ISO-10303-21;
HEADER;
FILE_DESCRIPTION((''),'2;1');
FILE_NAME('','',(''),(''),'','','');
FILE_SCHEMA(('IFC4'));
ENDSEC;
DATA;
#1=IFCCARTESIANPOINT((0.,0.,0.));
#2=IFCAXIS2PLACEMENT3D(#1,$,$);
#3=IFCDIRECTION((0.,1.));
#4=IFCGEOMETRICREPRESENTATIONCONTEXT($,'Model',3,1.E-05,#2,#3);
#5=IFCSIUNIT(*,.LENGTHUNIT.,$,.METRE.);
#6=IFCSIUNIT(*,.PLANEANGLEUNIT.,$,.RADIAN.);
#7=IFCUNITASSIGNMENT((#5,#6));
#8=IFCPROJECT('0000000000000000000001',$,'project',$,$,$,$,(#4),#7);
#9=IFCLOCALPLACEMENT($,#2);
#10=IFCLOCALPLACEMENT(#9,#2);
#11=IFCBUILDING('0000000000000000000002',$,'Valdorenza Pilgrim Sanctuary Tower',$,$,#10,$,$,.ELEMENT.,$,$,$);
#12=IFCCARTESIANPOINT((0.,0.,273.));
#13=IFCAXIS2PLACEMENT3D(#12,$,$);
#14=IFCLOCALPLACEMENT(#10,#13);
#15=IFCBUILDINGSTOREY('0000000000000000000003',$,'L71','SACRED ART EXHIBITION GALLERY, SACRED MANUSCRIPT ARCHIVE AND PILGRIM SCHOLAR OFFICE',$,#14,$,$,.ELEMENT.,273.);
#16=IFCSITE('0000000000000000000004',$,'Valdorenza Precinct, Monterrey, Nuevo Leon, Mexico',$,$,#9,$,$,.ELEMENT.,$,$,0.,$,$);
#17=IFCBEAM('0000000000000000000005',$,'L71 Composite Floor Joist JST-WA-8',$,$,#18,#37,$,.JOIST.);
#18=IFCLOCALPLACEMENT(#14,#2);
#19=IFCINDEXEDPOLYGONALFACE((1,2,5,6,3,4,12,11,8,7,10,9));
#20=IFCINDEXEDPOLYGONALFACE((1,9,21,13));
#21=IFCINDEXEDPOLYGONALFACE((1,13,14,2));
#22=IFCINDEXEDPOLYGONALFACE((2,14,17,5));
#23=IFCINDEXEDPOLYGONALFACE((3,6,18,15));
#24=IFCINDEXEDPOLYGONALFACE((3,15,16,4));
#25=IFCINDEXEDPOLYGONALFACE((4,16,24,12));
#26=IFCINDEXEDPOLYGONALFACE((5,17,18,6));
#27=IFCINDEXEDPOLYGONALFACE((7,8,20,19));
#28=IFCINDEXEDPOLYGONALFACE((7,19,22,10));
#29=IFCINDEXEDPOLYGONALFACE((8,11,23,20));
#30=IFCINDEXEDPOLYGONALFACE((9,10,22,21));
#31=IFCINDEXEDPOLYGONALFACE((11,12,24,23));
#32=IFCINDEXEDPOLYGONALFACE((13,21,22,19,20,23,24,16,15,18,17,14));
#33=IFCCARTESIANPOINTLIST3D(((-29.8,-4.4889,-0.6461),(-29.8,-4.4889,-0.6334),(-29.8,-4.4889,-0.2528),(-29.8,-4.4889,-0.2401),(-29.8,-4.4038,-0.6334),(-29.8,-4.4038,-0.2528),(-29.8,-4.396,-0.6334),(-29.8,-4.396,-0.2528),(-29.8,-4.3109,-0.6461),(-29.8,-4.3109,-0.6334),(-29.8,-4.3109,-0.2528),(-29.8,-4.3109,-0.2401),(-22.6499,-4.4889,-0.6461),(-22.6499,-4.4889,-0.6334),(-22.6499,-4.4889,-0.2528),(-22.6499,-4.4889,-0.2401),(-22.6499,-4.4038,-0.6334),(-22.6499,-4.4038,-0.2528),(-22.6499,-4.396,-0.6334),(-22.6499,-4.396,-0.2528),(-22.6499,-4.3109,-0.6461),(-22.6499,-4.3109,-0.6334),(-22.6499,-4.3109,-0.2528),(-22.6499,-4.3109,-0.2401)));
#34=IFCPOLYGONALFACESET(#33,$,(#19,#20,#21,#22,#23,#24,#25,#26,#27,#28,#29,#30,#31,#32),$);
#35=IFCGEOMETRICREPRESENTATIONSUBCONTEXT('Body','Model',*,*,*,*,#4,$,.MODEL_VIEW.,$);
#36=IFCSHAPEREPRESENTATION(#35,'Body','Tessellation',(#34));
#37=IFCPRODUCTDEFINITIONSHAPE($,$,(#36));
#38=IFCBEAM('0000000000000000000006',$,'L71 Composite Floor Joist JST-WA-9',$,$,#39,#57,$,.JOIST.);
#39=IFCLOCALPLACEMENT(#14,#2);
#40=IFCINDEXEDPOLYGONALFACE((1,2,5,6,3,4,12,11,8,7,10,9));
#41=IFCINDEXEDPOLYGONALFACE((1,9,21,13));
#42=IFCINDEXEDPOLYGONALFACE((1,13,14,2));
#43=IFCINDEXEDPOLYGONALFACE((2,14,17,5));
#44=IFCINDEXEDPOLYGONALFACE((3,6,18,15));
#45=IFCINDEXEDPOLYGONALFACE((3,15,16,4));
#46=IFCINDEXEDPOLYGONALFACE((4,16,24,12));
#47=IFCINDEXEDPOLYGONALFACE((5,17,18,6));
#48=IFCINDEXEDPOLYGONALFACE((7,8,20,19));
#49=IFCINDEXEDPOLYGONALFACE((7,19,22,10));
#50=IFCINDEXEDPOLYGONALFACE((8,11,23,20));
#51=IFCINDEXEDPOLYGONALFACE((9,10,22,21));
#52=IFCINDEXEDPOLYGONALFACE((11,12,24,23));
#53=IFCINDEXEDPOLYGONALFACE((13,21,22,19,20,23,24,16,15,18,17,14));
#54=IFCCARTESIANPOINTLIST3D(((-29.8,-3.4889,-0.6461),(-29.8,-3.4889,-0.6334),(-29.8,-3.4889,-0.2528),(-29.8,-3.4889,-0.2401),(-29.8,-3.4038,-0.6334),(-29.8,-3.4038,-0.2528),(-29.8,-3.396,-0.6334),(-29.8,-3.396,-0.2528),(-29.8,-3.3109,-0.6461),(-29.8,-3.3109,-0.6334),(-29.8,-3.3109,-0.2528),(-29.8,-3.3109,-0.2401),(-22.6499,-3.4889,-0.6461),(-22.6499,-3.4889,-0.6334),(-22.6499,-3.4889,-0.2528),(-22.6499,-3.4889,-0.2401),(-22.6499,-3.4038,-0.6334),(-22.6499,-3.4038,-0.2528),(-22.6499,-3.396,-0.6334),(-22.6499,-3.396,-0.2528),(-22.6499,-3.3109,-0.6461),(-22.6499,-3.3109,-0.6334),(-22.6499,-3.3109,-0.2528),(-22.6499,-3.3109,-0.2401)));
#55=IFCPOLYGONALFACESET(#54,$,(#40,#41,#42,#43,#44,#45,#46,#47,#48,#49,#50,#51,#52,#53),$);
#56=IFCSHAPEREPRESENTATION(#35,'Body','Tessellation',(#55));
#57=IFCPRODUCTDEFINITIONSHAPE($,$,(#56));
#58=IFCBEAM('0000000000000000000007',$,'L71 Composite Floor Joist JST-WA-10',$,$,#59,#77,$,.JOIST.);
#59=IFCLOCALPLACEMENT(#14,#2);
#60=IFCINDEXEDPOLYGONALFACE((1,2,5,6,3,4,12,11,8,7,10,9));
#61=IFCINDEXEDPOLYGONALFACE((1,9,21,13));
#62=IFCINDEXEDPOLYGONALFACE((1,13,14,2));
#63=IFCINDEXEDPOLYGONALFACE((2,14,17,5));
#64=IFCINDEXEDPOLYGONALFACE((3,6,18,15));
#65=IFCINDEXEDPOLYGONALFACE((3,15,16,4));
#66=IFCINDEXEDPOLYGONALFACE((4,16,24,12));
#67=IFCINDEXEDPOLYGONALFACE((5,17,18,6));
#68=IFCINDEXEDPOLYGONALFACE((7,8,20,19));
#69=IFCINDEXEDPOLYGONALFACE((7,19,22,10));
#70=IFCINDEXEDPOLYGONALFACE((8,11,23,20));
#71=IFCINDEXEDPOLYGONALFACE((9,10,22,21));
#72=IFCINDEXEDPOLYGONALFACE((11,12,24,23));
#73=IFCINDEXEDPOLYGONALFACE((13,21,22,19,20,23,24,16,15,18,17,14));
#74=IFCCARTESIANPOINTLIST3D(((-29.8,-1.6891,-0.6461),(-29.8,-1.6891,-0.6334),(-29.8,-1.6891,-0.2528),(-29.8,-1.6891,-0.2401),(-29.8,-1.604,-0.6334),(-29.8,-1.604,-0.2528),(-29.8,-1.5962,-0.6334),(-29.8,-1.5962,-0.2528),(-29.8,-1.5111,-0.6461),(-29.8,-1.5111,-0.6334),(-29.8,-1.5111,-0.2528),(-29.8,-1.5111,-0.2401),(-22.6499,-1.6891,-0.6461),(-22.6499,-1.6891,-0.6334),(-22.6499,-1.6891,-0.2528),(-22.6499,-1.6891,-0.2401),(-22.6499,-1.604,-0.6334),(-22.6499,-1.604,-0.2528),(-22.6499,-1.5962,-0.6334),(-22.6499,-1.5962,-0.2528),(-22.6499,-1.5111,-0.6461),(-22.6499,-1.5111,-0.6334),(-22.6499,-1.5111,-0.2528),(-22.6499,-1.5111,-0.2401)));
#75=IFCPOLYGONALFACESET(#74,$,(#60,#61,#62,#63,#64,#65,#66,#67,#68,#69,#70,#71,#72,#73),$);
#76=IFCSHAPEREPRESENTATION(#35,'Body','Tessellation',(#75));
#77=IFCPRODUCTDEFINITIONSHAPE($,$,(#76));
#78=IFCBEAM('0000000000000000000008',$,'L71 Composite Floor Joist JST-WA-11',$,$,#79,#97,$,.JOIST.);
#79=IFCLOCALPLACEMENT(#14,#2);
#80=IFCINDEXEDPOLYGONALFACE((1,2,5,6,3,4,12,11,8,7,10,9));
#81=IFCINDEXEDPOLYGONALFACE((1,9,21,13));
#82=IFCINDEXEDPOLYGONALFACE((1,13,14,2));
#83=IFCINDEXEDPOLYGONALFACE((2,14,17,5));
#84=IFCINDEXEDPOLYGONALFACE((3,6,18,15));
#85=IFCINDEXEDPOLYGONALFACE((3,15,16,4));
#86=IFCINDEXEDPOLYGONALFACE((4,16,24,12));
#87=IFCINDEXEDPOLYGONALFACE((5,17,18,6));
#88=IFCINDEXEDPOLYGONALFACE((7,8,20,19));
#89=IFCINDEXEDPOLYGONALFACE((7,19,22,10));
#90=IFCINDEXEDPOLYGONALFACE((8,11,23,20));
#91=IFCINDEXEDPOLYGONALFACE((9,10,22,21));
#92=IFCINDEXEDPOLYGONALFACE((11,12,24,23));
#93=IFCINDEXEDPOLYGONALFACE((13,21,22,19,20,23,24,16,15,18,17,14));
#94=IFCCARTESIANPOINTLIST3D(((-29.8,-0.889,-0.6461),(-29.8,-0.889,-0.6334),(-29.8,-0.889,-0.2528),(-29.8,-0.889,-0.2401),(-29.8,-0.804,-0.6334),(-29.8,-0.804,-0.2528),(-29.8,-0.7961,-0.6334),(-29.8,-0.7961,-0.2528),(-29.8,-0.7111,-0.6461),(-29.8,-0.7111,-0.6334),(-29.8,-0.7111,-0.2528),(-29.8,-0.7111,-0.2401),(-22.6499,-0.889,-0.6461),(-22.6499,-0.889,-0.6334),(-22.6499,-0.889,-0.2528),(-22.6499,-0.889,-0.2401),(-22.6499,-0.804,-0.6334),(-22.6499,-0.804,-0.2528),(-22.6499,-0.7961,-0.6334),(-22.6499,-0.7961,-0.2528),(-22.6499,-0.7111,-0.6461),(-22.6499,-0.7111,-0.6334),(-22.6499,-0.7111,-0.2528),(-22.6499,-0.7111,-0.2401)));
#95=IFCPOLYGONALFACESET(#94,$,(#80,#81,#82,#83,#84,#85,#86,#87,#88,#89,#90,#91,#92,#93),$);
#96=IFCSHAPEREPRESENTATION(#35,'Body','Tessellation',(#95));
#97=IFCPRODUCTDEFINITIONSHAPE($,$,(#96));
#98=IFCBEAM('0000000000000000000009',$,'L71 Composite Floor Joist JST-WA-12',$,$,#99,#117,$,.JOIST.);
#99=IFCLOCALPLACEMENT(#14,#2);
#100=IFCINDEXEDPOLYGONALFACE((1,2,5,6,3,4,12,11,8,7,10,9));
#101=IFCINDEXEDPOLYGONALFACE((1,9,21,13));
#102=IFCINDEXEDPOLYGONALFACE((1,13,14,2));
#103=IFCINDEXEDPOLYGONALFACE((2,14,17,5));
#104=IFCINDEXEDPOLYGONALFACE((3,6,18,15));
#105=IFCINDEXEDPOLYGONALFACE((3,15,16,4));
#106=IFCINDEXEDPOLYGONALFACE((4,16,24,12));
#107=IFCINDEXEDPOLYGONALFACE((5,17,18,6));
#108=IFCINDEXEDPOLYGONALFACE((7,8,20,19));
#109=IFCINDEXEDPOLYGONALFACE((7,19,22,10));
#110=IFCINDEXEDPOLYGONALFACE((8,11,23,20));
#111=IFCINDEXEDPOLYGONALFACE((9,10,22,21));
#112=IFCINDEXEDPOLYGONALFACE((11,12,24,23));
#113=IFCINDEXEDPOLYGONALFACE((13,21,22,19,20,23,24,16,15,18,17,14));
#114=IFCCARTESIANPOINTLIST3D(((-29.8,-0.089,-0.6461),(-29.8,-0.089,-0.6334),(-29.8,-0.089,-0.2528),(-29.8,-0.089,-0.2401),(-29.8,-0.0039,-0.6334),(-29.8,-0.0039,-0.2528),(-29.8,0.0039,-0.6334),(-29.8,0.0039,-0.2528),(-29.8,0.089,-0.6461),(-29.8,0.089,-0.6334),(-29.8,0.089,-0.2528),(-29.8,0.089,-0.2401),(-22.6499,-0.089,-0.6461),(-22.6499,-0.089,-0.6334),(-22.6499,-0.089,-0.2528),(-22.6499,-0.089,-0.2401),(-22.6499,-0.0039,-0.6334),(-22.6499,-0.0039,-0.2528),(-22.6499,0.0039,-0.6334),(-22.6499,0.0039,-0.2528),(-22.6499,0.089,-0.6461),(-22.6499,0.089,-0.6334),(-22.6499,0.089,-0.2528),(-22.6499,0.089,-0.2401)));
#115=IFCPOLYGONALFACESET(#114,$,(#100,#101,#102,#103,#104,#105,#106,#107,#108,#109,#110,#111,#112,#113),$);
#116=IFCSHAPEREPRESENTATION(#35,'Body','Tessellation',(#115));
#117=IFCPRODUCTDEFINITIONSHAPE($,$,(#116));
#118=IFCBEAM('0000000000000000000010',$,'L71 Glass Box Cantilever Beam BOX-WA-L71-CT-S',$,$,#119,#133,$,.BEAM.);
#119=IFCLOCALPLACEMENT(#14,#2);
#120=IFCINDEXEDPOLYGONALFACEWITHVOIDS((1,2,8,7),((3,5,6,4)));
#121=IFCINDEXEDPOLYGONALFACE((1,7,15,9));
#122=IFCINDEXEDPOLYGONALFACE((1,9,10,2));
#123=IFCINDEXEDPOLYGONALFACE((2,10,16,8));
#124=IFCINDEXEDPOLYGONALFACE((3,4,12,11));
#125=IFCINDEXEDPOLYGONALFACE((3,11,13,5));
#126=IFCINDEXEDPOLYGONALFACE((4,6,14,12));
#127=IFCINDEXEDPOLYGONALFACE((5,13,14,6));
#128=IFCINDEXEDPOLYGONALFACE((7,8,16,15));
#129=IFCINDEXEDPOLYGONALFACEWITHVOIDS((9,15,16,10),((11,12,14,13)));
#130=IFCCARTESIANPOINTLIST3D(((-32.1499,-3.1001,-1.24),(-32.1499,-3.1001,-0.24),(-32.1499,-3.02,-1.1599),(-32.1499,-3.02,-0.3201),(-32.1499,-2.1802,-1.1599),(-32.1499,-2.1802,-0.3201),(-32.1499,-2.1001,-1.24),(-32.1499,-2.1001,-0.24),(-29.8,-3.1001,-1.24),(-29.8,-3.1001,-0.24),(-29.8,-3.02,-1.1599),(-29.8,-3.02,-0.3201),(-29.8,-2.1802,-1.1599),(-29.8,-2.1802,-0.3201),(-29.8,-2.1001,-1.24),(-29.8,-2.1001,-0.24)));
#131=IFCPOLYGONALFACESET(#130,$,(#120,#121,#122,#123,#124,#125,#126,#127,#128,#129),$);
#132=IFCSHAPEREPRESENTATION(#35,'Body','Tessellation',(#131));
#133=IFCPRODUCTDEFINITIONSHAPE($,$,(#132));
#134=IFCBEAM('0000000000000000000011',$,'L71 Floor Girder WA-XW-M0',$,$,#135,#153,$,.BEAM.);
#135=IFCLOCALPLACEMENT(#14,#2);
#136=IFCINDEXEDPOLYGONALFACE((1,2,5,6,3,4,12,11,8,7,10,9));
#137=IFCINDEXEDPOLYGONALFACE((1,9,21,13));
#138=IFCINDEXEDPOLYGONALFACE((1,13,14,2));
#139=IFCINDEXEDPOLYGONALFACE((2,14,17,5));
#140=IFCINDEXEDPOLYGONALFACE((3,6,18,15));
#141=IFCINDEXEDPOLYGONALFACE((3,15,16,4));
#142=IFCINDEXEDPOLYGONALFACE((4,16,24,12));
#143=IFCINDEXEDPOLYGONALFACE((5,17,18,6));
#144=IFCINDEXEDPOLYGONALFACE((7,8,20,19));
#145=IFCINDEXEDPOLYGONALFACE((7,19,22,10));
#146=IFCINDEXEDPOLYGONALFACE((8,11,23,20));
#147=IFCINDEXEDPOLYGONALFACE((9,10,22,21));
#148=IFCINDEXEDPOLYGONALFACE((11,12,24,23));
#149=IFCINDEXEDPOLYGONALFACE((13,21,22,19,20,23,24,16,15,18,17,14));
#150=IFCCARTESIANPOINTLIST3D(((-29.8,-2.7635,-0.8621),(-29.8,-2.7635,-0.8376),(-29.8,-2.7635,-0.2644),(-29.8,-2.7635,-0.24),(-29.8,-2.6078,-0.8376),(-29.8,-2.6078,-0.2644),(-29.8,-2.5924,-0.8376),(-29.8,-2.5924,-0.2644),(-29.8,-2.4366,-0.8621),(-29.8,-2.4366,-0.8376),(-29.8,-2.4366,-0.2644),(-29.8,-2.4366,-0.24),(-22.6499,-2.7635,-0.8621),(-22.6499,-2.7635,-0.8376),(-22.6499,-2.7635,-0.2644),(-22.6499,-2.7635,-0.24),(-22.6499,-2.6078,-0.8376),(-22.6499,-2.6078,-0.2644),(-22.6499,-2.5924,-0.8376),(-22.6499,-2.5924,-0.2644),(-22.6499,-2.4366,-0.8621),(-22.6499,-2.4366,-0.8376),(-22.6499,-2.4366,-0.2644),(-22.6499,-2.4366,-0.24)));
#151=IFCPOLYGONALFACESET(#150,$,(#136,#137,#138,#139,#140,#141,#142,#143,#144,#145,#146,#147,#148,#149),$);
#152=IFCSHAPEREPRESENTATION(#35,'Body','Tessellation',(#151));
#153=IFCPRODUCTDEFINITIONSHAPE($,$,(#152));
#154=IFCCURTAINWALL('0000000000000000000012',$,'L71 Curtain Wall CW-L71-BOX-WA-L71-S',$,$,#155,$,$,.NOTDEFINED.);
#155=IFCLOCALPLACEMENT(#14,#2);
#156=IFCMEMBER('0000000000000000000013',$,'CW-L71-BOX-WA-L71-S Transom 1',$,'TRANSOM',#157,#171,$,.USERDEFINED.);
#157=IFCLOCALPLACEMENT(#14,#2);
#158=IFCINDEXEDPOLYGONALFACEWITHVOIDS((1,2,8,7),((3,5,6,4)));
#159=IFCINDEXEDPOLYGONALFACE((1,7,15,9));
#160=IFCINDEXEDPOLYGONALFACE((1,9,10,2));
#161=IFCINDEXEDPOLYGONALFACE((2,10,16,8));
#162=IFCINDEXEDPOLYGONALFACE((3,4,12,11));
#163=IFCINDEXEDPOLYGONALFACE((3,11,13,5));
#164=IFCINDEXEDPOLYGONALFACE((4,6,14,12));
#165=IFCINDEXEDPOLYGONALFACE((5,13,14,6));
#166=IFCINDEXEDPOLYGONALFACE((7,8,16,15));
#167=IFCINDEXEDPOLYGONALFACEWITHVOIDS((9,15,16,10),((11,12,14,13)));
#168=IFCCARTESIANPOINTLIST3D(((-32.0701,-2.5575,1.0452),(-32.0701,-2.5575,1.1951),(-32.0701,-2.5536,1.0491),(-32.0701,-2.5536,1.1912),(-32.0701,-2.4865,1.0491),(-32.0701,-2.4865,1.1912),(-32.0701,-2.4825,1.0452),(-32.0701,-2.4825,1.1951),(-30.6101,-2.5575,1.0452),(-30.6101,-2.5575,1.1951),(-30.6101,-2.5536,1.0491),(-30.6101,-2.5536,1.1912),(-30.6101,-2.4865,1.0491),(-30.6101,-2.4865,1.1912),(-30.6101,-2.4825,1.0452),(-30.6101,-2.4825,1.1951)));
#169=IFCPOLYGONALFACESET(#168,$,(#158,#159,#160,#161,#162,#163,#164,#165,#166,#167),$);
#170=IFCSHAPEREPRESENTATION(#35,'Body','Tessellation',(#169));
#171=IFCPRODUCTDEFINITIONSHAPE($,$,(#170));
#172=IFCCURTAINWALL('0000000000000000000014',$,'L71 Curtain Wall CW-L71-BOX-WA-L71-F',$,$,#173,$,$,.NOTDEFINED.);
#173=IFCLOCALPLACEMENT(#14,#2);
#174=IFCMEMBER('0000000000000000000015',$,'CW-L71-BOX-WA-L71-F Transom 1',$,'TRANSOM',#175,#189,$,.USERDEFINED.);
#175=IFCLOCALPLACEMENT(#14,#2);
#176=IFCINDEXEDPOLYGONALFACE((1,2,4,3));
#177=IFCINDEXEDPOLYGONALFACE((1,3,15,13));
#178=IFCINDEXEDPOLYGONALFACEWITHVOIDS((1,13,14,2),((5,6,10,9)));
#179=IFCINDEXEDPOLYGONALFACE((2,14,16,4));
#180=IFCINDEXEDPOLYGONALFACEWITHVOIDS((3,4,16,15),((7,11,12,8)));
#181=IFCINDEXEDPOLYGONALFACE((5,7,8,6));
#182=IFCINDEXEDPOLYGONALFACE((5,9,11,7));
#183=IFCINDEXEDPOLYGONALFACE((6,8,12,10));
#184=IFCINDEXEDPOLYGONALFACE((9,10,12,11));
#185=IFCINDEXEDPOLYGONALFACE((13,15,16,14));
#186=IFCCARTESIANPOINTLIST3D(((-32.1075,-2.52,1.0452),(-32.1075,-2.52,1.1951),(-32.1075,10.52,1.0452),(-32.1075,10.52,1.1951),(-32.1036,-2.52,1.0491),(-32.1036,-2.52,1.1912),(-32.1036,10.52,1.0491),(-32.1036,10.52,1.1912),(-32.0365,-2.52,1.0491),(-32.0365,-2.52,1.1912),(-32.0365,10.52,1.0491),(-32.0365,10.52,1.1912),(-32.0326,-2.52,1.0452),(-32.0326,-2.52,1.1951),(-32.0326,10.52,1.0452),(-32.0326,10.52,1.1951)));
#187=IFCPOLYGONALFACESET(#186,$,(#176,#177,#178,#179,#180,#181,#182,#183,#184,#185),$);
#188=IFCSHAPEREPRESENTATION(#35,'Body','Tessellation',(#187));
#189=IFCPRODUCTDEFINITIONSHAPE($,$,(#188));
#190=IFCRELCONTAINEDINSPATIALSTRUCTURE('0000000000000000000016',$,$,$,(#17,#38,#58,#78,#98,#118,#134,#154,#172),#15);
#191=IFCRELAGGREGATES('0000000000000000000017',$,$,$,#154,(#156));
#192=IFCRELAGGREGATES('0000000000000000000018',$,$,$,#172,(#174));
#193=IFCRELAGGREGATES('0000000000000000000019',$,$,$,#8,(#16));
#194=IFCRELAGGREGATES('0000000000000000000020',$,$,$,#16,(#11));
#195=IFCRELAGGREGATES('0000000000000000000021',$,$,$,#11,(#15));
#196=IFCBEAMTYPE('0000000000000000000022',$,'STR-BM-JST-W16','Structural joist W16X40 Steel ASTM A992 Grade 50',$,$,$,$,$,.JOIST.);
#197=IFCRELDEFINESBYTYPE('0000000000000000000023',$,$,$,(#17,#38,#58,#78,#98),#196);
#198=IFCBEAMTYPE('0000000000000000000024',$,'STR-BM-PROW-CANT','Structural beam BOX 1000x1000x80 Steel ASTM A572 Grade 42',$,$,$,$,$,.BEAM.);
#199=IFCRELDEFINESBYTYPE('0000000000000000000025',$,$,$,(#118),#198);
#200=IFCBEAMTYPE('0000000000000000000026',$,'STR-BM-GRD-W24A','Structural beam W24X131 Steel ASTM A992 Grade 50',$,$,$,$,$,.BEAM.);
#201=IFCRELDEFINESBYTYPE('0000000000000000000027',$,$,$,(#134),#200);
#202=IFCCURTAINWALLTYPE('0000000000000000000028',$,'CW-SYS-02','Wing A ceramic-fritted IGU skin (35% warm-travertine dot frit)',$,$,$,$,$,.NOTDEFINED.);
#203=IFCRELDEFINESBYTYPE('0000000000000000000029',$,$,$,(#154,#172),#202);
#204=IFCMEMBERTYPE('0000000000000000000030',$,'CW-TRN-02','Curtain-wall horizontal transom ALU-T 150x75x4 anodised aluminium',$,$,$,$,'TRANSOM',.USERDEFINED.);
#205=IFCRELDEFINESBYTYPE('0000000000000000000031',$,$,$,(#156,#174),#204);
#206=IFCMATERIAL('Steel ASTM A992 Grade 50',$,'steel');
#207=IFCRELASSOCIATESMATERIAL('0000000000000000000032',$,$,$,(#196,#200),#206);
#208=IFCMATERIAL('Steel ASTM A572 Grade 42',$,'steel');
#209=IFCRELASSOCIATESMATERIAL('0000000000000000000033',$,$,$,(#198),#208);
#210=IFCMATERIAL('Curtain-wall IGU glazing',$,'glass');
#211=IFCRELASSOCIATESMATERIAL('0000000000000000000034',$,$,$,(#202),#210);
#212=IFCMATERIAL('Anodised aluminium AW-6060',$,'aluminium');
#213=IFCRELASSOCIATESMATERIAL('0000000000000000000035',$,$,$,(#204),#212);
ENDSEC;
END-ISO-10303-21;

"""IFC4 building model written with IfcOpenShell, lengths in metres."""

from ifc_helpers import new_model, si_unit, direction, frame, origin, origin_2d, place, context, subcontext, project, spatial, hollow_rectangle, i_section, extrude, source, transform, mapped, material, material_profile, profile_set, type_object, element, aggregate, save


model = new_model("IFC4")

# Units and contexts
model_context = context("Model", 3, precision=1e-05, world=origin(), true_north=direction((0.0, 1.0)))
body_context = subcontext(model_context, "Body", "Model", "MODEL_VIEW")
ifc_project = project(units=[si_unit("LENGTHUNIT", "METRE"), si_unit("PLANEANGLEUNIT", "RADIAN")], contexts=[model_context])

# Site, building, storey
site_placement = place(None, origin())
site = spatial("IfcSite", under=ifc_project, at=site_placement, Name="Valdorenza Precinct, Monterrey, Nuevo Leon, Mexico", CompositionType="ELEMENT", RefElevation=0.0)
building_placement = place(site_placement, origin())
building = spatial("IfcBuilding", under=site, at=building_placement, Name="Valdorenza Pilgrim Sanctuary Tower", CompositionType="ELEMENT")
storey_placement = place(building_placement, frame((0.0, 0.0, 273.0)))
storey = spatial("IfcBuildingStorey", under=building, at=storey_placement, Name="L71", Description="SACRED ART EXHIBITION GALLERY, SACRED MANUSCRIPT ARCHIVE AND PILGRIM SCHOLAR OFFICE", CompositionType="ELEMENT", Elevation=273.0)

# Beams
ifc_material_1 = material(Name="Steel ASTM A992 Grade 50", Category="steel")
ifc_material_profile_1 = material_profile(ifc_material_1, i_section(OverallWidth=0.178, OverallDepth=0.406, WebThickness=0.0078, FlangeThickness=0.0127, at=origin_2d()), Name="W16X40")
ifc_profile_set_1 = profile_set([ifc_material_profile_1], Name="Steel ASTM A992 Grade 50")
beam_type_1 = type_object("IfcBeamType", Name="STR-BM-JST-W16", Description="Structural joist W16X40 Steel ASTM A992 Grade 50", PredefinedType="JOIST", material=ifc_profile_set_1)
shared_shape_1 = source(origin(), body_context, "Body", "SweptSolid", [
    extrude(i_section(OverallWidth=0.178, OverallDepth=0.406, WebThickness=0.0078, FlangeThickness=0.0127, at=origin_2d()), origin(), (0.0, 0.0, 1.0), 7.1501),
])
for number, where, z_axis, x_axis, name in (
    (1, (-29.8, -4.3999, -0.4431), (1.0, 0.0, 0.0), (0.0, 1.0, 0.0), "L71 Composite Floor Joist JST-WA-8"),
    (2, (-29.8, -3.3999, -0.4431), (1.0, 0.0, 0.0), (0.0, 1.0, 0.0), "L71 Composite Floor Joist JST-WA-9"),
    (3, (-29.8, -1.6001, -0.4431), (1.0, 0.0, 0.0), (0.0, 1.0, 0.0), "L71 Composite Floor Joist JST-WA-10"),
    (4, (-29.8, -0.8, -0.4431), (1.0, 0.0, 0.0), (0.0, 1.0, 0.0), "L71 Composite Floor Joist JST-WA-11"),
    (5, (-29.8, 0.0, -0.4431), (1.0, 0.0, 0.0), (0.0, 1.0, 0.0), "L71 Composite Floor Joist JST-WA-12"),
):
    element("IfcBeam", number, at=place(storey_placement, frame(where, z_axis=z_axis, x_axis=x_axis)), inside=storey, type_object=beam_type_1, Name=name, PredefinedType="JOIST", context=body_context, shape_type="MappedRepresentation", body=[
        mapped(shared_shape_1, transform((0.0, 0.0, 0.0), x_axis=(1.0, 0.0, 0.0), y_axis=(0.0, 1.0, 0.0), z_axis=(0.0, 0.0, 1.0), scale=1.0)),
    ])
ifc_material_2 = material(Name="Steel ASTM A572 Grade 42", Category="steel")
ifc_material_profile_2 = material_profile(ifc_material_2, hollow_rectangle(XDim=1.0, YDim=1.0, WallThickness=0.0801, at=origin_2d()), Name="BOX 1000x1000x80")
ifc_profile_set_2 = profile_set([ifc_material_profile_2], Name="Steel ASTM A572 Grade 42")
beam_type_2 = type_object("IfcBeamType", Name="STR-BM-PROW-CANT", Description="Structural beam BOX 1000x1000x80 Steel ASTM A572 Grade 42", PredefinedType="BEAM", material=ifc_profile_set_2)
shared_shape_2 = source(origin(), body_context, "Body", "SweptSolid", [
    extrude(hollow_rectangle(XDim=1.0, YDim=1.0, WallThickness=0.0801, at=origin_2d()), origin(), (0.0, 0.0, 1.0), 2.3499),
])
beam_1_placement = place(storey_placement, frame((-29.8, -2.6001, -0.74), z_axis=(-1.0, 0.0, 0.0), x_axis=(0.0, -1.0, 0.0)))
element("IfcBeam", 6, at=beam_1_placement, inside=storey, type_object=beam_type_2, Name="L71 Glass Box Cantilever Beam BOX-WA-L71-CT-S", PredefinedType="BEAM", context=body_context, shape_type="MappedRepresentation", body=[
    mapped(shared_shape_2, transform((0.0, 0.0, 0.0), x_axis=(1.0, 0.0, 0.0), y_axis=(0.0, 1.0, 0.0), z_axis=(0.0, 0.0, 1.0), scale=1.0)),
])
ifc_material_profile_3 = material_profile(ifc_material_1, i_section(OverallWidth=0.3269, OverallDepth=0.6221, WebThickness=0.0154, FlangeThickness=0.0244, at=origin_2d()), Name="W24X131")
ifc_profile_set_3 = profile_set([ifc_material_profile_3], Name="Steel ASTM A992 Grade 50")
beam_type_3 = type_object("IfcBeamType", Name="STR-BM-GRD-W24A", Description="Structural beam W24X131 Steel ASTM A992 Grade 50", PredefinedType="BEAM", material=ifc_profile_set_3)
shared_shape_3 = source(origin(), body_context, "Body", "SweptSolid", [
    extrude(i_section(OverallWidth=0.3269, OverallDepth=0.6221, WebThickness=0.0154, FlangeThickness=0.0244, at=origin_2d()), origin(), (0.0, 0.0, 1.0), 7.1501),
])
beam_2_placement = place(storey_placement, frame((-29.8, -2.6001, -0.551), z_axis=(1.0, 0.0, 0.0), x_axis=(0.0, 1.0, 0.0)))
element("IfcBeam", 7, at=beam_2_placement, inside=storey, type_object=beam_type_3, Name="L71 Floor Girder WA-XW-M0", PredefinedType="BEAM", context=body_context, shape_type="MappedRepresentation", body=[
    mapped(shared_shape_3, transform((0.0, 0.0, 0.0), x_axis=(1.0, 0.0, 0.0), y_axis=(0.0, 1.0, 0.0), z_axis=(0.0, 0.0, 1.0), scale=1.0)),
])

# Curtain walls, members
ifc_material_3 = material(Name="Curtain-wall IGU glazing", Category="glass")
curtain_wall_type = type_object("IfcCurtainWallType", Name="CW-SYS-02", Description="Wing A ceramic-fritted IGU skin (35% warm-travertine dot frit)", PredefinedType="NOTDEFINED", material=ifc_material_3)
curtain_wall_1_placement = place(storey_placement, origin())
curtain_wall_1 = element("IfcCurtainWall", 8, at=curtain_wall_1_placement, inside=storey, type_object=curtain_wall_type, Name="L71 Curtain Wall CW-L71-BOX-WA-L71-S", PredefinedType="NOTDEFINED")
ifc_material_4 = material(Name="Anodised aluminium AW-6060", Category="aluminium")
ifc_material_profile_4 = material_profile(ifc_material_4, hollow_rectangle(XDim=0.075, YDim=0.1499, WallThickness=0.0039, at=origin_2d()), Name="ALU-T 150x75x4")
ifc_profile_set_4 = profile_set([ifc_material_profile_4], Name="Anodised aluminium AW-6060")
member_type_1 = type_object("IfcMemberType", Name="CW-TRN-02", Description="Curtain-wall horizontal transom ALU-T 150x75x4 anodised aluminium", ElementType="TRANSOM", PredefinedType="USERDEFINED", material=ifc_profile_set_4)
shared_shape_4 = source(origin(), body_context, "Body", "SweptSolid", [
    extrude(hollow_rectangle(XDim=0.075, YDim=0.1499, WallThickness=0.0039, at=origin_2d()), origin(), (0.0, 0.0, 1.0), 1.46),
])
member_1_placement = place(storey_placement, frame((-30.6101, -2.52, 1.1201), z_axis=(-1.0, 0.0, 0.0), x_axis=(0.0, -1.0, 0.0)))
member_1 = element("IfcMember", 9, at=member_1_placement, type_object=member_type_1, Name="CW-L71-BOX-WA-L71-S Transom 1", ObjectType="TRANSOM", PredefinedType="USERDEFINED", context=body_context, shape_type="MappedRepresentation", body=[
    mapped(shared_shape_4, transform((0.0, 0.0, 0.0), x_axis=(1.0, 0.0, 0.0), y_axis=(0.0, 1.0, 0.0), z_axis=(0.0, 0.0, 1.0), scale=1.0)),
])
curtain_wall_2_placement = place(storey_placement, origin())
curtain_wall_2 = element("IfcCurtainWall", 10, at=curtain_wall_2_placement, inside=storey, type_object=curtain_wall_type, Name="L71 Curtain Wall CW-L71-BOX-WA-L71-F", PredefinedType="NOTDEFINED")
shared_shape_5 = source(origin(), body_context, "Body", "SweptSolid", [
    extrude(hollow_rectangle(XDim=0.075, YDim=0.1499, WallThickness=0.0039, at=origin_2d()), origin(), (0.0, 0.0, 1.0), 13.04),
])
member_2_placement = place(storey_placement, frame((-32.0701, -2.52, 1.1201), z_axis=(0.0, 1.0, 0.0), x_axis=(-1.0, 0.0, 0.0)))
member_2 = element("IfcMember", 11, at=member_2_placement, type_object=member_type_1, Name="CW-L71-BOX-WA-L71-F Transom 1", ObjectType="TRANSOM", PredefinedType="USERDEFINED", context=body_context, shape_type="MappedRepresentation", body=[
    mapped(shared_shape_5, transform((0.0, 0.0, 0.0), x_axis=(1.0, 0.0, 0.0), y_axis=(0.0, 1.0, 0.0), z_axis=(0.0, 0.0, 1.0), scale=1.0)),
])

aggregate(curtain_wall_1, [member_1])
aggregate(curtain_wall_2, [member_2])

save(model, "model.ifc")
